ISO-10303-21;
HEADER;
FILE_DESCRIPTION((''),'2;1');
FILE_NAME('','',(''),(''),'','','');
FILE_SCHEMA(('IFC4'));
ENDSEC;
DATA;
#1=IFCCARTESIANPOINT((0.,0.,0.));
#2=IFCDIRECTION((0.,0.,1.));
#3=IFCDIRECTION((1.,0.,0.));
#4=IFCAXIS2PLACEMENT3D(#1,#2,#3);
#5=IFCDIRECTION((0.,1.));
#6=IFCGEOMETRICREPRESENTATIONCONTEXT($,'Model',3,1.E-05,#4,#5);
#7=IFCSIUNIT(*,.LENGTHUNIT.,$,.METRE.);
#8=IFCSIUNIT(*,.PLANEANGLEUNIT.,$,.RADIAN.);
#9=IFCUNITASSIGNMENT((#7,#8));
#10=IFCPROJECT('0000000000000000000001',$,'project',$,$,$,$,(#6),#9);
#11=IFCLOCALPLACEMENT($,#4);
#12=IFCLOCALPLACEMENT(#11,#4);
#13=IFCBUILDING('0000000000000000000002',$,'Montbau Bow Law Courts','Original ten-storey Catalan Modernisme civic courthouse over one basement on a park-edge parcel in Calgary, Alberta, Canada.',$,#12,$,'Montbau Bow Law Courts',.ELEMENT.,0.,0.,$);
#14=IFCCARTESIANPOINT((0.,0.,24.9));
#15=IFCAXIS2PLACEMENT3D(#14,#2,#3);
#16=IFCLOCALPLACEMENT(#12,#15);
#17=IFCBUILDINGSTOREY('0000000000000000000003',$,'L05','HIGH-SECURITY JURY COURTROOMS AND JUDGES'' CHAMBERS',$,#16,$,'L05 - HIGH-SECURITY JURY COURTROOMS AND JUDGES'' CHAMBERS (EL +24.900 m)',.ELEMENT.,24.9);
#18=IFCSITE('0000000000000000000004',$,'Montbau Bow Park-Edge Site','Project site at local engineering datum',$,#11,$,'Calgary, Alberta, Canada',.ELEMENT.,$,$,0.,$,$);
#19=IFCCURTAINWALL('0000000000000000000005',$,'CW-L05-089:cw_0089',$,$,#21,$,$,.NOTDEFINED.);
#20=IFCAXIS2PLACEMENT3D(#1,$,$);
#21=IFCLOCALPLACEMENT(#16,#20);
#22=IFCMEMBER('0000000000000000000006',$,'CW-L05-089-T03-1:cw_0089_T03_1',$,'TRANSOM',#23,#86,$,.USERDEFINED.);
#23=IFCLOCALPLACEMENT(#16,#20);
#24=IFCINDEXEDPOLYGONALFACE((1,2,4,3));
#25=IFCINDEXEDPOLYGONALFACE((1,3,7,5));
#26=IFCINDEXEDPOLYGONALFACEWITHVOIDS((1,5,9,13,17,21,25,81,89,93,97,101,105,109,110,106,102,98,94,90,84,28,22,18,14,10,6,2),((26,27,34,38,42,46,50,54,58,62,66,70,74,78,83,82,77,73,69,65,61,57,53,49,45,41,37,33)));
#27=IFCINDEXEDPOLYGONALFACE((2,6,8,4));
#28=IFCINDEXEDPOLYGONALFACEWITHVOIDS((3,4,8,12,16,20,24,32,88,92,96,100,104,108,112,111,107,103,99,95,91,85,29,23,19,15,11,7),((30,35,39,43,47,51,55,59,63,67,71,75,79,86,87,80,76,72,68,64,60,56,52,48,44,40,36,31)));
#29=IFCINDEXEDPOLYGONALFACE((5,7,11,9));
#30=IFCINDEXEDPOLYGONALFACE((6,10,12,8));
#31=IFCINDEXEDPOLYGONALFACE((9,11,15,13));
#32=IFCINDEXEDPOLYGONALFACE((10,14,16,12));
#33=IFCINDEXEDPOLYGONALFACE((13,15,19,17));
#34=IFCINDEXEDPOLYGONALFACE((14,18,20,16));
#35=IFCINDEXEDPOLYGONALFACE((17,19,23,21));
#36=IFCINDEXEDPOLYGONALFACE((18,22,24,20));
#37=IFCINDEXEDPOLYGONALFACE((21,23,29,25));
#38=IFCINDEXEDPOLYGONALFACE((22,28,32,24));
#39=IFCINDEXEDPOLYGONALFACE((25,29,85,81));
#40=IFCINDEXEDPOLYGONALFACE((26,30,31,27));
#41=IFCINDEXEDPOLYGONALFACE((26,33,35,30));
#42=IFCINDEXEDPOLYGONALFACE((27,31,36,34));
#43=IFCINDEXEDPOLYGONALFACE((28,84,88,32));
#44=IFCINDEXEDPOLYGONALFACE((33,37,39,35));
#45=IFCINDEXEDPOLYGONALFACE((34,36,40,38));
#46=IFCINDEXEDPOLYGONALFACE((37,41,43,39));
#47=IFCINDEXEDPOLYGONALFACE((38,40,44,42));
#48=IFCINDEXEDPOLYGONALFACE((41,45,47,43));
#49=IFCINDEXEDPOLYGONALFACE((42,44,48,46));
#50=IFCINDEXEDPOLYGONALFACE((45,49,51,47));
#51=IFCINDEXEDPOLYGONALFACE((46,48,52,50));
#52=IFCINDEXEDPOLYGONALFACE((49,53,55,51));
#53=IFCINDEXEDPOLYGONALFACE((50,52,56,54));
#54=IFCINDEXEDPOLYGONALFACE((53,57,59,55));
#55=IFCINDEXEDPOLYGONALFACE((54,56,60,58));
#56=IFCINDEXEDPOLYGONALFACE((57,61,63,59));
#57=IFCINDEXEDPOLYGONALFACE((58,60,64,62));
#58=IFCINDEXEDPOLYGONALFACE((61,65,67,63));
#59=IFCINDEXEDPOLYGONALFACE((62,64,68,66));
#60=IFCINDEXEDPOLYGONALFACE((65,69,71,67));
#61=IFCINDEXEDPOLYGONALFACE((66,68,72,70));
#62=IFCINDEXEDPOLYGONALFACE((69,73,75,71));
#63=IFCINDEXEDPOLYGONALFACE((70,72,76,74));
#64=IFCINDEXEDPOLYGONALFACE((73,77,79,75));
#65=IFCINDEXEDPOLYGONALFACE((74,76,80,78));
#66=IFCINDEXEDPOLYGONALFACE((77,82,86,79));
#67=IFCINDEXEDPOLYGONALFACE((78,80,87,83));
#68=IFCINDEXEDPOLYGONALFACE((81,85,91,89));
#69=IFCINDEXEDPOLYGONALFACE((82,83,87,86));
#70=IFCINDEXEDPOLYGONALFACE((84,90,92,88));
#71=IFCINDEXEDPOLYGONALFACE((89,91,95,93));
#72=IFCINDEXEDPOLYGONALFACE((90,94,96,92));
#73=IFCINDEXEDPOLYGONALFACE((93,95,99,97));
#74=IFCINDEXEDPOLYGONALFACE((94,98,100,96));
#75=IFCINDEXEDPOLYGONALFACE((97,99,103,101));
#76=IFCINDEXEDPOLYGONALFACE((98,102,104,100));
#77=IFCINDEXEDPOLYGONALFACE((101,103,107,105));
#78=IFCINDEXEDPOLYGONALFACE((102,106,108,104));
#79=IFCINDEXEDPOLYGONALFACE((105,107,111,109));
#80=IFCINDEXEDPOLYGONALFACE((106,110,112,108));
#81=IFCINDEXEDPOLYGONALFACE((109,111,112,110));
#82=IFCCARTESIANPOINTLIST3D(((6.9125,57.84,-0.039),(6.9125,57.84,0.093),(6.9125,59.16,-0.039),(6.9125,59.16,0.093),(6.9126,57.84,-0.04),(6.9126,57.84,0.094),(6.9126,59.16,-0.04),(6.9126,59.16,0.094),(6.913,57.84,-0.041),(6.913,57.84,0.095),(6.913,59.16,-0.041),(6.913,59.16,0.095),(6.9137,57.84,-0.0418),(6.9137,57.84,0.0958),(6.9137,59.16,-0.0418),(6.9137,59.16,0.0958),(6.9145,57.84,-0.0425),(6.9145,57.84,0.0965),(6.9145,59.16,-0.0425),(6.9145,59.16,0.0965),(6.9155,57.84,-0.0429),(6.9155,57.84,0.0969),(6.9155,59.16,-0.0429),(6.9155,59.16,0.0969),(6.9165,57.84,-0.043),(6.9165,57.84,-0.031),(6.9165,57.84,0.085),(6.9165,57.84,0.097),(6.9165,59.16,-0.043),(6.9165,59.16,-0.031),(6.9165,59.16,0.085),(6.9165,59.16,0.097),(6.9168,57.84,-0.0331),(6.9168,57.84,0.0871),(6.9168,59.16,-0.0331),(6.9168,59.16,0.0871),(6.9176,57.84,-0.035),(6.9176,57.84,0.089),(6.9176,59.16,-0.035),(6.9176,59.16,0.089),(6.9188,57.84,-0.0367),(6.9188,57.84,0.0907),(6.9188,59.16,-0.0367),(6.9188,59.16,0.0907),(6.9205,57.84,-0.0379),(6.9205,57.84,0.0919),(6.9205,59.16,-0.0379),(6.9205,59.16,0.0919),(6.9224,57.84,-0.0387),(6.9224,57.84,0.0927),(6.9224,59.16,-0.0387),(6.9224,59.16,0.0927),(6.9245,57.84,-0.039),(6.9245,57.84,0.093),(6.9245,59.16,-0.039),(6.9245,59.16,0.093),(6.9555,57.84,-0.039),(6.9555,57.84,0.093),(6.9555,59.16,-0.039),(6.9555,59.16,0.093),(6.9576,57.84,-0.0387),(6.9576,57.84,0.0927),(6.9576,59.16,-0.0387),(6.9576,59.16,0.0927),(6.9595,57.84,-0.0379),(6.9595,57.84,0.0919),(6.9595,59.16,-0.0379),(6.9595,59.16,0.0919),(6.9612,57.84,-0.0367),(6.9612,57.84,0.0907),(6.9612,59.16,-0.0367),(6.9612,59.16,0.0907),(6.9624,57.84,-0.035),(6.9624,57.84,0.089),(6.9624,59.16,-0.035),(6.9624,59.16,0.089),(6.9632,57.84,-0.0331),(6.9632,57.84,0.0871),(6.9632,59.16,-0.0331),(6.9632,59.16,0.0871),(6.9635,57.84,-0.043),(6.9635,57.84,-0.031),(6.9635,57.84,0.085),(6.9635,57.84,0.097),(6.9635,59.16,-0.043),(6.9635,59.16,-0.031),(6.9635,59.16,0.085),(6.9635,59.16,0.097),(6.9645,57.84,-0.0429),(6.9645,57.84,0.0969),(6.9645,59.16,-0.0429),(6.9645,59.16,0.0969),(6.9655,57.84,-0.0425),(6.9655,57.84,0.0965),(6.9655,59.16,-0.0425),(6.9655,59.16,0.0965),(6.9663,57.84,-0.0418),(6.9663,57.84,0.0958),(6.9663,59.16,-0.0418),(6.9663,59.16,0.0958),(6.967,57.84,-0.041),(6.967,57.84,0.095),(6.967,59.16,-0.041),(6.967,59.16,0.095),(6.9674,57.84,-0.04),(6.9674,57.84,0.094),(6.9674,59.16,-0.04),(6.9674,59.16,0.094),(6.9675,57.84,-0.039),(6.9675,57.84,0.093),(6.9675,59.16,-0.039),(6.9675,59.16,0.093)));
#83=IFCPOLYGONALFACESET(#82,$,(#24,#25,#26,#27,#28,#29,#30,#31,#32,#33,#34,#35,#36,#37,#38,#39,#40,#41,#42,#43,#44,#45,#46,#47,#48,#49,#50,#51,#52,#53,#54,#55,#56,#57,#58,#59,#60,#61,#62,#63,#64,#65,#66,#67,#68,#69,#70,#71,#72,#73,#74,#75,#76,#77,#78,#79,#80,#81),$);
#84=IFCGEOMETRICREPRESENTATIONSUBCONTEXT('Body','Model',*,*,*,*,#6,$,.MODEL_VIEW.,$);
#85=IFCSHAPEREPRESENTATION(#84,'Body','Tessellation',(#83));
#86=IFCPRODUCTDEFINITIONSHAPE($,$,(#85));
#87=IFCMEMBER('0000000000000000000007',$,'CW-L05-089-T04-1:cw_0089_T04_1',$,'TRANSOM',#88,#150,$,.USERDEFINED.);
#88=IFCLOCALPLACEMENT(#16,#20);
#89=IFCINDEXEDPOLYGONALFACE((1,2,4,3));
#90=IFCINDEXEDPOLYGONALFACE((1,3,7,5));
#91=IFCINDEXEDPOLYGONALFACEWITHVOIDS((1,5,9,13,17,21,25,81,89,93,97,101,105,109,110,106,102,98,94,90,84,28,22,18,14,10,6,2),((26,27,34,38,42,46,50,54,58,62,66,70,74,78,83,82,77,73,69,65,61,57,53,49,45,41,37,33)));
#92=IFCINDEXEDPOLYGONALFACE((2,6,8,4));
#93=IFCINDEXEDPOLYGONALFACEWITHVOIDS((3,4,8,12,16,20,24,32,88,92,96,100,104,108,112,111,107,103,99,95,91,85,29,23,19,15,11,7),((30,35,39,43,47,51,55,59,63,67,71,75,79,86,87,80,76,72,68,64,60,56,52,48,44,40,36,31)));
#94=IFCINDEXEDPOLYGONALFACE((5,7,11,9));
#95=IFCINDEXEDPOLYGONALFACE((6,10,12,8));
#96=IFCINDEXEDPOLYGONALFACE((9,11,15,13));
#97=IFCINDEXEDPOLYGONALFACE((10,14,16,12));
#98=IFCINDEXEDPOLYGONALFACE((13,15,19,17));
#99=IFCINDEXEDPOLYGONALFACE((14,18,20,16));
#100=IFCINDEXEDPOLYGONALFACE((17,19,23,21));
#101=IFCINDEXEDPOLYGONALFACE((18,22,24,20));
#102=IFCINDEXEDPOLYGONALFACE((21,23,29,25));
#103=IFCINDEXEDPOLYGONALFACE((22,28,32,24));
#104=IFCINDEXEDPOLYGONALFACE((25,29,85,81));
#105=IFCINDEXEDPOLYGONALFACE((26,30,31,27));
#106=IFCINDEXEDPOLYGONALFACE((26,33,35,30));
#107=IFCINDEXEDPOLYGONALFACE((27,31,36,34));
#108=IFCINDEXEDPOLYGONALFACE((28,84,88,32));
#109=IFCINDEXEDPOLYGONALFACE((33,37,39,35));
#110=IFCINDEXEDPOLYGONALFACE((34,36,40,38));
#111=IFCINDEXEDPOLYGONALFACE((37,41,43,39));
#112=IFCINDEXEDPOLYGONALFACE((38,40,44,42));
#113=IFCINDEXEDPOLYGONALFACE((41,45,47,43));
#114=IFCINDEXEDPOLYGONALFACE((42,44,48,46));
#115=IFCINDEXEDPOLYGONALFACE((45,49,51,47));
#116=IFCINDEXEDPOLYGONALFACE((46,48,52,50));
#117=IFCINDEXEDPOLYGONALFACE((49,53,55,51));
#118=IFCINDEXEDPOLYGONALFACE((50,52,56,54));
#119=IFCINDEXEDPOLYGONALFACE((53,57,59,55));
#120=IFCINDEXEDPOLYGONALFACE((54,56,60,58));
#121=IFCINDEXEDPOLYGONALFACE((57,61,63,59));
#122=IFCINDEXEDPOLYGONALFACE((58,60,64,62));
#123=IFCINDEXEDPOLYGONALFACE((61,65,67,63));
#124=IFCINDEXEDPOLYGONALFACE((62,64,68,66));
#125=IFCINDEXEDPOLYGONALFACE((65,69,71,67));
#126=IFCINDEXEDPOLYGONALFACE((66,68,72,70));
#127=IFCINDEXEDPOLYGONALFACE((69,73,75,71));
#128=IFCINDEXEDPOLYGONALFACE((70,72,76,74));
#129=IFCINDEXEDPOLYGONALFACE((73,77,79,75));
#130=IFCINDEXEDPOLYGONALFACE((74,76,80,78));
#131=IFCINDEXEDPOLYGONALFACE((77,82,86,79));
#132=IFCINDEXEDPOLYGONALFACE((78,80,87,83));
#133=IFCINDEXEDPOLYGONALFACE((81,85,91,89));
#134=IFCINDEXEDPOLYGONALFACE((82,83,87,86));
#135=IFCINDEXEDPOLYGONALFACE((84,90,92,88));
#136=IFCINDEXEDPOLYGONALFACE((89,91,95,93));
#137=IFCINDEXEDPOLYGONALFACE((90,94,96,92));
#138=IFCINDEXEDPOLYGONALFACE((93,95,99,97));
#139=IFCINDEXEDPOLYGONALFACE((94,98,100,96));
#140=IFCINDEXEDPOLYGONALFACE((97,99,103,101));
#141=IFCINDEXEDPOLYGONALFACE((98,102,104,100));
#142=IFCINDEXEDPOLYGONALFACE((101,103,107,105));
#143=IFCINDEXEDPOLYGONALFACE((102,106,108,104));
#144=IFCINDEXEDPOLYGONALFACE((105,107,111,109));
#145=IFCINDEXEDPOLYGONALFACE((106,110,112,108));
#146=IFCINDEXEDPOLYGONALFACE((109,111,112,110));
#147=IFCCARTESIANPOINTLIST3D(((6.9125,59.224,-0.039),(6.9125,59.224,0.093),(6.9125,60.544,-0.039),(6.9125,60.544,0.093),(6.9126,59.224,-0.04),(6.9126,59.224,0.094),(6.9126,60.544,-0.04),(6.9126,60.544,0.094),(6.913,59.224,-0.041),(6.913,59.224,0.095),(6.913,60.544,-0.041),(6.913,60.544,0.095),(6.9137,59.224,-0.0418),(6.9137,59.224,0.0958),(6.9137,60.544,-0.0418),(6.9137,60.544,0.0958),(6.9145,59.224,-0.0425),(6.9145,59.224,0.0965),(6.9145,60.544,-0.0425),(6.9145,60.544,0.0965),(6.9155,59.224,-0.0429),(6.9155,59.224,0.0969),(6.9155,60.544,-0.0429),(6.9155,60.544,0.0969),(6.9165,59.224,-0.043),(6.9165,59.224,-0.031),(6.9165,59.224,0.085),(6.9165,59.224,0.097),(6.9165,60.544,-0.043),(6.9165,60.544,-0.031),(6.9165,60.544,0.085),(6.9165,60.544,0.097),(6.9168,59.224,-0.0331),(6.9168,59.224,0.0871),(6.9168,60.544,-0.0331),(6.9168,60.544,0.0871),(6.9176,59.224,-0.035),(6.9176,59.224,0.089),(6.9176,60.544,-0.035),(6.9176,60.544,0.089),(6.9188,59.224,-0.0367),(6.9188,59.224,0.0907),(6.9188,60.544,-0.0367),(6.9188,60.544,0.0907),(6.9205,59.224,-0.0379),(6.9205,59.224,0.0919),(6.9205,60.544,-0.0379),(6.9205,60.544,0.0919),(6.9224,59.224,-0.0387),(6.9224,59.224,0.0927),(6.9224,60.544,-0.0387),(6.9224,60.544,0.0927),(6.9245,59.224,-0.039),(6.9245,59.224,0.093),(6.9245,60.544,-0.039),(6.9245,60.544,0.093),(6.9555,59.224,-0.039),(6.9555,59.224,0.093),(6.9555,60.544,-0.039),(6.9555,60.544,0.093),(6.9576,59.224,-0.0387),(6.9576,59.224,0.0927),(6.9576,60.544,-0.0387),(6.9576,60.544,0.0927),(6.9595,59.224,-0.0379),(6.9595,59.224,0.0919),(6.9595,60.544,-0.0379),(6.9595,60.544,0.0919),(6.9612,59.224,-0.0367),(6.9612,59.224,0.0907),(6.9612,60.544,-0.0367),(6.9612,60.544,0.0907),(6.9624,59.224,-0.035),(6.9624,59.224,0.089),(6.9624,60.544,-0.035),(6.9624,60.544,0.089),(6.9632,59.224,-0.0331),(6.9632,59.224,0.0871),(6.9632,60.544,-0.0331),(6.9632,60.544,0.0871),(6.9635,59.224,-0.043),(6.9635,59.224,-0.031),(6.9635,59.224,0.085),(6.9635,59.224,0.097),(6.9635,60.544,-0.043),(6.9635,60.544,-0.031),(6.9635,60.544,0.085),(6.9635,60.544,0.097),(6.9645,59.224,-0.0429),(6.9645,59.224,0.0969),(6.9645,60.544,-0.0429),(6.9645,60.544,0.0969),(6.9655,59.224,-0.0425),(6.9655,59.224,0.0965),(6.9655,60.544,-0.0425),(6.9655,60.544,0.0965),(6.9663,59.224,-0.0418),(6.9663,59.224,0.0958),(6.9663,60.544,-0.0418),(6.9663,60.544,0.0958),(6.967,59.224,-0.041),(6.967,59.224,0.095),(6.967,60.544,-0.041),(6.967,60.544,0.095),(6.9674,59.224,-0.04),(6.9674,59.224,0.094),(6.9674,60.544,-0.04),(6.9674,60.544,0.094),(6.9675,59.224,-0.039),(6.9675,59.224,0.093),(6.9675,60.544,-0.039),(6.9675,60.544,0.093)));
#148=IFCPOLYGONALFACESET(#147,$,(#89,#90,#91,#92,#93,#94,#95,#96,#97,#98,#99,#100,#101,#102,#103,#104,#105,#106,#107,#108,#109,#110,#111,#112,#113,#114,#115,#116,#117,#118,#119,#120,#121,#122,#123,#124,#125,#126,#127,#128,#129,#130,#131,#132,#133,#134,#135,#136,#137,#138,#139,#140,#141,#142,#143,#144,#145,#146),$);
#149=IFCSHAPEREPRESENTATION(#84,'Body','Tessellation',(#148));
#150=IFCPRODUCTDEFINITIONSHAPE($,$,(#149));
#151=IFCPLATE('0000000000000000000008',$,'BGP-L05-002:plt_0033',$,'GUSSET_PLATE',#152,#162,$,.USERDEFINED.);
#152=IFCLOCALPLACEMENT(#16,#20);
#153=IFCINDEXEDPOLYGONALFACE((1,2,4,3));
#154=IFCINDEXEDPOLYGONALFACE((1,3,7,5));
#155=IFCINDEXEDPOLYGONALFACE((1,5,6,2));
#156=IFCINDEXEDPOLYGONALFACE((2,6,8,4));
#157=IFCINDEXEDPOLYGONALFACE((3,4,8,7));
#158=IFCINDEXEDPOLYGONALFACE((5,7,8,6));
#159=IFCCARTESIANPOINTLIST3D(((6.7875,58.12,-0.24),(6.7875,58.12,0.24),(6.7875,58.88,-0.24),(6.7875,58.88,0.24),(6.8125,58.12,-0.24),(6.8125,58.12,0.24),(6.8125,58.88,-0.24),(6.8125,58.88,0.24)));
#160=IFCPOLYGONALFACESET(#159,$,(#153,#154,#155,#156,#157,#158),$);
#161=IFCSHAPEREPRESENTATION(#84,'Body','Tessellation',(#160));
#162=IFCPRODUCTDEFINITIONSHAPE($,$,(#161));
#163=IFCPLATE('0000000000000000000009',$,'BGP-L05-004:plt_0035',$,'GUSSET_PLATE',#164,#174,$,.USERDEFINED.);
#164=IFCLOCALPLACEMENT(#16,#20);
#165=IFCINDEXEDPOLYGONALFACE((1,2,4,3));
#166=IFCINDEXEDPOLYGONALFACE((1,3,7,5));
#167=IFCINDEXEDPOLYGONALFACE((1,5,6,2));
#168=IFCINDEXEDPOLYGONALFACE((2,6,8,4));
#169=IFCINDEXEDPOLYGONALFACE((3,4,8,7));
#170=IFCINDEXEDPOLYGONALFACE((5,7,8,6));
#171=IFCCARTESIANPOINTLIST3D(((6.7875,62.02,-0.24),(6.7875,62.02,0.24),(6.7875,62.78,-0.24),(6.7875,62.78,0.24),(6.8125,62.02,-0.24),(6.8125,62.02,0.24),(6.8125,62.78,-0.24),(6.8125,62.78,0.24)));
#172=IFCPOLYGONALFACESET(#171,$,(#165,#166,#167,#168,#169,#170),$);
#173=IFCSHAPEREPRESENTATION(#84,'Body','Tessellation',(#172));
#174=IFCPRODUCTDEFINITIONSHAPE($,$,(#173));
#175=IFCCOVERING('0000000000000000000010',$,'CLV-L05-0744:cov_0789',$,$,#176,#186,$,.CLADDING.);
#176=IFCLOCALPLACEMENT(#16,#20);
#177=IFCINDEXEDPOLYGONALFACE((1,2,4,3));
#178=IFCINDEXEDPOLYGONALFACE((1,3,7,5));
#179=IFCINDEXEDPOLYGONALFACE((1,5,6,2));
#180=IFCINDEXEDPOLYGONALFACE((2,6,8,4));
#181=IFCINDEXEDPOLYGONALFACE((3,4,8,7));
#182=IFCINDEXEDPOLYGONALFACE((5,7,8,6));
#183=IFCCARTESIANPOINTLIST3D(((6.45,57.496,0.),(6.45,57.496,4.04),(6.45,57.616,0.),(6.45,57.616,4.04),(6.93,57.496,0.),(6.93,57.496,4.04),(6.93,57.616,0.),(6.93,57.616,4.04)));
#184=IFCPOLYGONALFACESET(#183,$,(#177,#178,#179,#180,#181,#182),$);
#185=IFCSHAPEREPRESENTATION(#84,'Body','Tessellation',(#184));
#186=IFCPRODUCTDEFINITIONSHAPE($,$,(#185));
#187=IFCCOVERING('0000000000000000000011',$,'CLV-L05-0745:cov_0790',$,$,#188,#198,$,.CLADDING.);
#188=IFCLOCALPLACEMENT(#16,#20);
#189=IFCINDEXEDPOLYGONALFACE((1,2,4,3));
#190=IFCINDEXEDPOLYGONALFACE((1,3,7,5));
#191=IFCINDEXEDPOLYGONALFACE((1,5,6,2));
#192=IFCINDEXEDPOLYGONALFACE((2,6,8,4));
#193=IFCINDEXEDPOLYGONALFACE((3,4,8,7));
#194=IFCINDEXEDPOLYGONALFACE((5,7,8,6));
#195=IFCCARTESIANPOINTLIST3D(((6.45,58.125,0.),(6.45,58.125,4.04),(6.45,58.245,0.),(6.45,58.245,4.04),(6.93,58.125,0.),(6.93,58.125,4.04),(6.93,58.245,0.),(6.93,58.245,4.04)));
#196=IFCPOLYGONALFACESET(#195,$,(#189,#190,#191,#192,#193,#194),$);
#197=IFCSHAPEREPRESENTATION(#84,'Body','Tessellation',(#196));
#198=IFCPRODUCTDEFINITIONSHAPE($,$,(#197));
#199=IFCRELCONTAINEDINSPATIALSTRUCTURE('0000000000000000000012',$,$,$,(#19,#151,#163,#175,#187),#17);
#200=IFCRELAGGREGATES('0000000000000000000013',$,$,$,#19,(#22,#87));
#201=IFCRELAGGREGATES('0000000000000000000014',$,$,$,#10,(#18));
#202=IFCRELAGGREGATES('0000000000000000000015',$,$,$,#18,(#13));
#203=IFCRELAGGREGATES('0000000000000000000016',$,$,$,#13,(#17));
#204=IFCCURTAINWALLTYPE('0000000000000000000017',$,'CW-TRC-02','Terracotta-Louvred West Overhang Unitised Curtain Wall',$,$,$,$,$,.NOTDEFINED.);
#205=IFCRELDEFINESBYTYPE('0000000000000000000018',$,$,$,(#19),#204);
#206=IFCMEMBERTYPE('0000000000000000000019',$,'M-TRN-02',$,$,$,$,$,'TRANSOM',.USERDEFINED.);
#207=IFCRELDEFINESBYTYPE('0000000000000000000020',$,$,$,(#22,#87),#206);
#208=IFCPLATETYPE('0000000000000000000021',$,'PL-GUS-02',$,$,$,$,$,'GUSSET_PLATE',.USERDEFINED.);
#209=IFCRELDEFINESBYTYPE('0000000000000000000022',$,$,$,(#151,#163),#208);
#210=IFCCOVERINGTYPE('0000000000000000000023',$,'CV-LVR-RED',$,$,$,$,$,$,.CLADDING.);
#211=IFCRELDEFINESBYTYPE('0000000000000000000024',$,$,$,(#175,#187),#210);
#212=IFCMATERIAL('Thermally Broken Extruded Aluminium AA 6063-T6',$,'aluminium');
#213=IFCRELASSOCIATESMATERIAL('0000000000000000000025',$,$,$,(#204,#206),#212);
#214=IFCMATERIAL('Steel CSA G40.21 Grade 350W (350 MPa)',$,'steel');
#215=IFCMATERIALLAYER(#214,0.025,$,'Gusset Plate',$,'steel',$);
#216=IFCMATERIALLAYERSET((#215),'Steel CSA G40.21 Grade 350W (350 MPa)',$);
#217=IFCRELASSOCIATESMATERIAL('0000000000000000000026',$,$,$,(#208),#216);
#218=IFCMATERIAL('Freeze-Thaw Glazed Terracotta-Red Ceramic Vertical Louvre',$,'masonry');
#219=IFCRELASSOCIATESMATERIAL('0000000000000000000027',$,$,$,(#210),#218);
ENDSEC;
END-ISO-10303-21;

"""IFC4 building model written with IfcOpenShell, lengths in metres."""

from ifc_helpers import new_model, si_unit, direction, frame, frame_2d, origin_with_axes, origin_2d_with_axis, place, context, subcontext, project, spatial, rectangle, hollow_rectangle, extrude, material, layer, layer_set, material_profile, profile_set, type_object, element, aggregate, save


model = new_model("IFC4")

# Units and contexts
model_context = context("Model", 3, precision=1e-05, world=origin_with_axes(), true_north=direction((0.0, 1.0)))
body_context = subcontext(model_context, "Body", "Model", "MODEL_VIEW")
ifc_project = project(units=[si_unit("LENGTHUNIT", "METRE"), si_unit("PLANEANGLEUNIT", "RADIAN")], contexts=[model_context])

# Site, building, storey
site_placement = place(None, origin_with_axes())
site = spatial("IfcSite", under=ifc_project, at=site_placement, Name="Montbau Bow Park-Edge Site", Description="Project site at local engineering datum", LongName="Calgary, Alberta, Canada", CompositionType="ELEMENT", RefElevation=0.0)
building_placement = place(site_placement, origin_with_axes())
building = spatial("IfcBuilding", under=site, at=building_placement, Name="Montbau Bow Law Courts", Description="Original ten-storey Catalan Modernisme civic courthouse over one basement on a park-edge parcel in Calgary, Alberta, Canada.", LongName="Montbau Bow Law Courts", CompositionType="ELEMENT", ElevationOfRefHeight=0.0, ElevationOfTerrain=0.0)
storey_placement = place(building_placement, frame((0.0, 0.0, 24.9), z_axis=(0.0, 0.0, 1.0), x_axis=(1.0, 0.0, 0.0)))
storey = spatial("IfcBuildingStorey", under=building, at=storey_placement, Name="L05", Description="HIGH-SECURITY JURY COURTROOMS AND JUDGES' CHAMBERS", LongName="L05 - HIGH-SECURITY JURY COURTROOMS AND JUDGES' CHAMBERS (EL +24.900 m)", CompositionType="ELEMENT", Elevation=24.9)

# Curtain wall
ifc_material_1 = material(Name="Thermally Broken Extruded Aluminium AA 6063-T6", Category="aluminium")
curtain_wall_type = type_object("IfcCurtainWallType", Name="CW-TRC-02", Description="Terracotta-Louvred West Overhang Unitised Curtain Wall", PredefinedType="NOTDEFINED", material=ifc_material_1)
curtain_wall_placement = place(None, frame((6.94, 55.04, 24.9), z_axis=(0.0, 0.0, 1.0), x_axis=(1.0, 0.0, 0.0)))
curtain_wall = element("IfcCurtainWall", 1, at=curtain_wall_placement, inside=storey, type_object=curtain_wall_type, Name="CW-L05-089:cw_0089", PredefinedType="NOTDEFINED")

# Members
ifc_material_2 = material(Name="Steel CSA G40.21 Grade 350W (350 MPa)", Category="steel")
ifc_material_profile_1 = material_profile(ifc_material_1, hollow_rectangle(XDim=0.055, YDim=0.14, WallThickness=0.004, InnerFilletRadius=0.008, OuterFilletRadius=0.004, at=origin_2d_with_axis()), Name="CWT-140X55", Category="Main", Priority=0)
ifc_profile_set_1 = profile_set([ifc_material_profile_1], Name="Thermally Broken Extruded Aluminium AA 6063-T6")
member_type_1 = type_object("IfcMemberType", Name="M-TRN-02", ElementType="TRANSOM", PredefinedType="USERDEFINED", material=ifc_profile_set_1)
member_1_placement = place(None, frame((6.94, 57.84, 24.927), z_axis=(0.0, 1.0, 0.0), x_axis=(-1.0, 0.0, 0.0)))
member_1 = element("IfcMember", 2, at=member_1_placement, type_object=member_type_1, Name="CW-L05-089-T03-1:cw_0089_T03_1", ObjectType="TRANSOM", PredefinedType="USERDEFINED", context=body_context, shape_type="SweptSolid", body=[
    extrude(hollow_rectangle(XDim=0.055, YDim=0.14, WallThickness=0.004, InnerFilletRadius=0.008, OuterFilletRadius=0.004, at=origin_2d_with_axis()), origin_with_axes(), (0.0, 0.0, 1.0), 1.32),
])
member_2_placement = place(None, frame((6.94, 59.224, 24.927), z_axis=(0.0, 1.0, 0.0), x_axis=(-1.0, 0.0, 0.0)))
member_2 = element("IfcMember", 3, at=member_2_placement, type_object=member_type_1, Name="CW-L05-089-T04-1:cw_0089_T04_1", ObjectType="TRANSOM", PredefinedType="USERDEFINED", context=body_context, shape_type="SweptSolid", body=[
    extrude(hollow_rectangle(XDim=0.055, YDim=0.14, WallThickness=0.004, InnerFilletRadius=0.008, OuterFilletRadius=0.004, at=origin_2d_with_axis()), origin_with_axes(), (0.0, 0.0, 1.0), 1.32),
])
aggregate(curtain_wall, [member_1, member_2])

# Plates
ifc_layer = layer(ifc_material_2, 0.025, Name="Gusset Plate", Category="steel")
ifc_layer_set = layer_set([ifc_layer], Name="Steel CSA G40.21 Grade 350W (350 MPa)")
plate_type = type_object("IfcPlateType", Name="PL-GUS-02", ElementType="GUSSET_PLATE", PredefinedType="USERDEFINED", material=ifc_layer_set)
for number, where, z_axis, x_axis, name in (
    (4, (6.8, 58.5, 24.66), (0.0, 0.0, 1.0), (0.0, 1.0, 0.0), "BGP-L05-002:plt_0033"),
    (5, (6.8, 62.4, 24.66), (0.0, 0.0, 1.0), (0.0, 1.0, 0.0), "BGP-L05-004:plt_0035"),
):
    element("IfcPlate", number, at=place(None, frame(where, z_axis=z_axis, x_axis=x_axis)), inside=storey, type_object=plate_type, Name=name, ObjectType="GUSSET_PLATE", PredefinedType="USERDEFINED", context=body_context, shape_type="SweptSolid", body=[
        extrude(rectangle(XDim=0.76, YDim=0.025, at=origin_2d_with_axis()), origin_with_axes(), (0.0, 0.0, 1.0), 0.48),
    ])

# Coverings
ifc_material_3 = material(Name="Freeze-Thaw Glazed Terracotta-Red Ceramic Vertical Louvre", Category="masonry")
covering_type = type_object("IfcCoveringType", Name="CV-LVR-RED", PredefinedType="CLADDING", material=ifc_material_3)
for number, where, z_axis, x_axis, name in (
    (6, (6.93, 57.556, 24.9), (0.0, 1.0, 0.0), (-1.0, 0.0, 0.0), "CLV-L05-0744:cov_0789"),
    (7, (6.93, 58.185, 24.9), (0.0, 1.0, 0.0), (-1.0, 0.0, 0.0), "CLV-L05-0745:cov_0790"),
):
    element("IfcCovering", number, at=place(None, frame(where, z_axis=z_axis, x_axis=x_axis)), inside=storey, type_object=covering_type, Name=name, PredefinedType="CLADDING", context=body_context, shape_type="SweptSolid", body=[
        extrude(rectangle(XDim=0.48, YDim=4.04, at=frame_2d((0.24, 2.02), x_axis=(1.0, 0.0))), frame((0.0, 0.0, -0.06), z_axis=(0.0, 0.0, 1.0), x_axis=(1.0, 0.0, 0.0)), (0.0, 0.0, 1.0), 0.12),
    ])

save(model, "model.ifc")
